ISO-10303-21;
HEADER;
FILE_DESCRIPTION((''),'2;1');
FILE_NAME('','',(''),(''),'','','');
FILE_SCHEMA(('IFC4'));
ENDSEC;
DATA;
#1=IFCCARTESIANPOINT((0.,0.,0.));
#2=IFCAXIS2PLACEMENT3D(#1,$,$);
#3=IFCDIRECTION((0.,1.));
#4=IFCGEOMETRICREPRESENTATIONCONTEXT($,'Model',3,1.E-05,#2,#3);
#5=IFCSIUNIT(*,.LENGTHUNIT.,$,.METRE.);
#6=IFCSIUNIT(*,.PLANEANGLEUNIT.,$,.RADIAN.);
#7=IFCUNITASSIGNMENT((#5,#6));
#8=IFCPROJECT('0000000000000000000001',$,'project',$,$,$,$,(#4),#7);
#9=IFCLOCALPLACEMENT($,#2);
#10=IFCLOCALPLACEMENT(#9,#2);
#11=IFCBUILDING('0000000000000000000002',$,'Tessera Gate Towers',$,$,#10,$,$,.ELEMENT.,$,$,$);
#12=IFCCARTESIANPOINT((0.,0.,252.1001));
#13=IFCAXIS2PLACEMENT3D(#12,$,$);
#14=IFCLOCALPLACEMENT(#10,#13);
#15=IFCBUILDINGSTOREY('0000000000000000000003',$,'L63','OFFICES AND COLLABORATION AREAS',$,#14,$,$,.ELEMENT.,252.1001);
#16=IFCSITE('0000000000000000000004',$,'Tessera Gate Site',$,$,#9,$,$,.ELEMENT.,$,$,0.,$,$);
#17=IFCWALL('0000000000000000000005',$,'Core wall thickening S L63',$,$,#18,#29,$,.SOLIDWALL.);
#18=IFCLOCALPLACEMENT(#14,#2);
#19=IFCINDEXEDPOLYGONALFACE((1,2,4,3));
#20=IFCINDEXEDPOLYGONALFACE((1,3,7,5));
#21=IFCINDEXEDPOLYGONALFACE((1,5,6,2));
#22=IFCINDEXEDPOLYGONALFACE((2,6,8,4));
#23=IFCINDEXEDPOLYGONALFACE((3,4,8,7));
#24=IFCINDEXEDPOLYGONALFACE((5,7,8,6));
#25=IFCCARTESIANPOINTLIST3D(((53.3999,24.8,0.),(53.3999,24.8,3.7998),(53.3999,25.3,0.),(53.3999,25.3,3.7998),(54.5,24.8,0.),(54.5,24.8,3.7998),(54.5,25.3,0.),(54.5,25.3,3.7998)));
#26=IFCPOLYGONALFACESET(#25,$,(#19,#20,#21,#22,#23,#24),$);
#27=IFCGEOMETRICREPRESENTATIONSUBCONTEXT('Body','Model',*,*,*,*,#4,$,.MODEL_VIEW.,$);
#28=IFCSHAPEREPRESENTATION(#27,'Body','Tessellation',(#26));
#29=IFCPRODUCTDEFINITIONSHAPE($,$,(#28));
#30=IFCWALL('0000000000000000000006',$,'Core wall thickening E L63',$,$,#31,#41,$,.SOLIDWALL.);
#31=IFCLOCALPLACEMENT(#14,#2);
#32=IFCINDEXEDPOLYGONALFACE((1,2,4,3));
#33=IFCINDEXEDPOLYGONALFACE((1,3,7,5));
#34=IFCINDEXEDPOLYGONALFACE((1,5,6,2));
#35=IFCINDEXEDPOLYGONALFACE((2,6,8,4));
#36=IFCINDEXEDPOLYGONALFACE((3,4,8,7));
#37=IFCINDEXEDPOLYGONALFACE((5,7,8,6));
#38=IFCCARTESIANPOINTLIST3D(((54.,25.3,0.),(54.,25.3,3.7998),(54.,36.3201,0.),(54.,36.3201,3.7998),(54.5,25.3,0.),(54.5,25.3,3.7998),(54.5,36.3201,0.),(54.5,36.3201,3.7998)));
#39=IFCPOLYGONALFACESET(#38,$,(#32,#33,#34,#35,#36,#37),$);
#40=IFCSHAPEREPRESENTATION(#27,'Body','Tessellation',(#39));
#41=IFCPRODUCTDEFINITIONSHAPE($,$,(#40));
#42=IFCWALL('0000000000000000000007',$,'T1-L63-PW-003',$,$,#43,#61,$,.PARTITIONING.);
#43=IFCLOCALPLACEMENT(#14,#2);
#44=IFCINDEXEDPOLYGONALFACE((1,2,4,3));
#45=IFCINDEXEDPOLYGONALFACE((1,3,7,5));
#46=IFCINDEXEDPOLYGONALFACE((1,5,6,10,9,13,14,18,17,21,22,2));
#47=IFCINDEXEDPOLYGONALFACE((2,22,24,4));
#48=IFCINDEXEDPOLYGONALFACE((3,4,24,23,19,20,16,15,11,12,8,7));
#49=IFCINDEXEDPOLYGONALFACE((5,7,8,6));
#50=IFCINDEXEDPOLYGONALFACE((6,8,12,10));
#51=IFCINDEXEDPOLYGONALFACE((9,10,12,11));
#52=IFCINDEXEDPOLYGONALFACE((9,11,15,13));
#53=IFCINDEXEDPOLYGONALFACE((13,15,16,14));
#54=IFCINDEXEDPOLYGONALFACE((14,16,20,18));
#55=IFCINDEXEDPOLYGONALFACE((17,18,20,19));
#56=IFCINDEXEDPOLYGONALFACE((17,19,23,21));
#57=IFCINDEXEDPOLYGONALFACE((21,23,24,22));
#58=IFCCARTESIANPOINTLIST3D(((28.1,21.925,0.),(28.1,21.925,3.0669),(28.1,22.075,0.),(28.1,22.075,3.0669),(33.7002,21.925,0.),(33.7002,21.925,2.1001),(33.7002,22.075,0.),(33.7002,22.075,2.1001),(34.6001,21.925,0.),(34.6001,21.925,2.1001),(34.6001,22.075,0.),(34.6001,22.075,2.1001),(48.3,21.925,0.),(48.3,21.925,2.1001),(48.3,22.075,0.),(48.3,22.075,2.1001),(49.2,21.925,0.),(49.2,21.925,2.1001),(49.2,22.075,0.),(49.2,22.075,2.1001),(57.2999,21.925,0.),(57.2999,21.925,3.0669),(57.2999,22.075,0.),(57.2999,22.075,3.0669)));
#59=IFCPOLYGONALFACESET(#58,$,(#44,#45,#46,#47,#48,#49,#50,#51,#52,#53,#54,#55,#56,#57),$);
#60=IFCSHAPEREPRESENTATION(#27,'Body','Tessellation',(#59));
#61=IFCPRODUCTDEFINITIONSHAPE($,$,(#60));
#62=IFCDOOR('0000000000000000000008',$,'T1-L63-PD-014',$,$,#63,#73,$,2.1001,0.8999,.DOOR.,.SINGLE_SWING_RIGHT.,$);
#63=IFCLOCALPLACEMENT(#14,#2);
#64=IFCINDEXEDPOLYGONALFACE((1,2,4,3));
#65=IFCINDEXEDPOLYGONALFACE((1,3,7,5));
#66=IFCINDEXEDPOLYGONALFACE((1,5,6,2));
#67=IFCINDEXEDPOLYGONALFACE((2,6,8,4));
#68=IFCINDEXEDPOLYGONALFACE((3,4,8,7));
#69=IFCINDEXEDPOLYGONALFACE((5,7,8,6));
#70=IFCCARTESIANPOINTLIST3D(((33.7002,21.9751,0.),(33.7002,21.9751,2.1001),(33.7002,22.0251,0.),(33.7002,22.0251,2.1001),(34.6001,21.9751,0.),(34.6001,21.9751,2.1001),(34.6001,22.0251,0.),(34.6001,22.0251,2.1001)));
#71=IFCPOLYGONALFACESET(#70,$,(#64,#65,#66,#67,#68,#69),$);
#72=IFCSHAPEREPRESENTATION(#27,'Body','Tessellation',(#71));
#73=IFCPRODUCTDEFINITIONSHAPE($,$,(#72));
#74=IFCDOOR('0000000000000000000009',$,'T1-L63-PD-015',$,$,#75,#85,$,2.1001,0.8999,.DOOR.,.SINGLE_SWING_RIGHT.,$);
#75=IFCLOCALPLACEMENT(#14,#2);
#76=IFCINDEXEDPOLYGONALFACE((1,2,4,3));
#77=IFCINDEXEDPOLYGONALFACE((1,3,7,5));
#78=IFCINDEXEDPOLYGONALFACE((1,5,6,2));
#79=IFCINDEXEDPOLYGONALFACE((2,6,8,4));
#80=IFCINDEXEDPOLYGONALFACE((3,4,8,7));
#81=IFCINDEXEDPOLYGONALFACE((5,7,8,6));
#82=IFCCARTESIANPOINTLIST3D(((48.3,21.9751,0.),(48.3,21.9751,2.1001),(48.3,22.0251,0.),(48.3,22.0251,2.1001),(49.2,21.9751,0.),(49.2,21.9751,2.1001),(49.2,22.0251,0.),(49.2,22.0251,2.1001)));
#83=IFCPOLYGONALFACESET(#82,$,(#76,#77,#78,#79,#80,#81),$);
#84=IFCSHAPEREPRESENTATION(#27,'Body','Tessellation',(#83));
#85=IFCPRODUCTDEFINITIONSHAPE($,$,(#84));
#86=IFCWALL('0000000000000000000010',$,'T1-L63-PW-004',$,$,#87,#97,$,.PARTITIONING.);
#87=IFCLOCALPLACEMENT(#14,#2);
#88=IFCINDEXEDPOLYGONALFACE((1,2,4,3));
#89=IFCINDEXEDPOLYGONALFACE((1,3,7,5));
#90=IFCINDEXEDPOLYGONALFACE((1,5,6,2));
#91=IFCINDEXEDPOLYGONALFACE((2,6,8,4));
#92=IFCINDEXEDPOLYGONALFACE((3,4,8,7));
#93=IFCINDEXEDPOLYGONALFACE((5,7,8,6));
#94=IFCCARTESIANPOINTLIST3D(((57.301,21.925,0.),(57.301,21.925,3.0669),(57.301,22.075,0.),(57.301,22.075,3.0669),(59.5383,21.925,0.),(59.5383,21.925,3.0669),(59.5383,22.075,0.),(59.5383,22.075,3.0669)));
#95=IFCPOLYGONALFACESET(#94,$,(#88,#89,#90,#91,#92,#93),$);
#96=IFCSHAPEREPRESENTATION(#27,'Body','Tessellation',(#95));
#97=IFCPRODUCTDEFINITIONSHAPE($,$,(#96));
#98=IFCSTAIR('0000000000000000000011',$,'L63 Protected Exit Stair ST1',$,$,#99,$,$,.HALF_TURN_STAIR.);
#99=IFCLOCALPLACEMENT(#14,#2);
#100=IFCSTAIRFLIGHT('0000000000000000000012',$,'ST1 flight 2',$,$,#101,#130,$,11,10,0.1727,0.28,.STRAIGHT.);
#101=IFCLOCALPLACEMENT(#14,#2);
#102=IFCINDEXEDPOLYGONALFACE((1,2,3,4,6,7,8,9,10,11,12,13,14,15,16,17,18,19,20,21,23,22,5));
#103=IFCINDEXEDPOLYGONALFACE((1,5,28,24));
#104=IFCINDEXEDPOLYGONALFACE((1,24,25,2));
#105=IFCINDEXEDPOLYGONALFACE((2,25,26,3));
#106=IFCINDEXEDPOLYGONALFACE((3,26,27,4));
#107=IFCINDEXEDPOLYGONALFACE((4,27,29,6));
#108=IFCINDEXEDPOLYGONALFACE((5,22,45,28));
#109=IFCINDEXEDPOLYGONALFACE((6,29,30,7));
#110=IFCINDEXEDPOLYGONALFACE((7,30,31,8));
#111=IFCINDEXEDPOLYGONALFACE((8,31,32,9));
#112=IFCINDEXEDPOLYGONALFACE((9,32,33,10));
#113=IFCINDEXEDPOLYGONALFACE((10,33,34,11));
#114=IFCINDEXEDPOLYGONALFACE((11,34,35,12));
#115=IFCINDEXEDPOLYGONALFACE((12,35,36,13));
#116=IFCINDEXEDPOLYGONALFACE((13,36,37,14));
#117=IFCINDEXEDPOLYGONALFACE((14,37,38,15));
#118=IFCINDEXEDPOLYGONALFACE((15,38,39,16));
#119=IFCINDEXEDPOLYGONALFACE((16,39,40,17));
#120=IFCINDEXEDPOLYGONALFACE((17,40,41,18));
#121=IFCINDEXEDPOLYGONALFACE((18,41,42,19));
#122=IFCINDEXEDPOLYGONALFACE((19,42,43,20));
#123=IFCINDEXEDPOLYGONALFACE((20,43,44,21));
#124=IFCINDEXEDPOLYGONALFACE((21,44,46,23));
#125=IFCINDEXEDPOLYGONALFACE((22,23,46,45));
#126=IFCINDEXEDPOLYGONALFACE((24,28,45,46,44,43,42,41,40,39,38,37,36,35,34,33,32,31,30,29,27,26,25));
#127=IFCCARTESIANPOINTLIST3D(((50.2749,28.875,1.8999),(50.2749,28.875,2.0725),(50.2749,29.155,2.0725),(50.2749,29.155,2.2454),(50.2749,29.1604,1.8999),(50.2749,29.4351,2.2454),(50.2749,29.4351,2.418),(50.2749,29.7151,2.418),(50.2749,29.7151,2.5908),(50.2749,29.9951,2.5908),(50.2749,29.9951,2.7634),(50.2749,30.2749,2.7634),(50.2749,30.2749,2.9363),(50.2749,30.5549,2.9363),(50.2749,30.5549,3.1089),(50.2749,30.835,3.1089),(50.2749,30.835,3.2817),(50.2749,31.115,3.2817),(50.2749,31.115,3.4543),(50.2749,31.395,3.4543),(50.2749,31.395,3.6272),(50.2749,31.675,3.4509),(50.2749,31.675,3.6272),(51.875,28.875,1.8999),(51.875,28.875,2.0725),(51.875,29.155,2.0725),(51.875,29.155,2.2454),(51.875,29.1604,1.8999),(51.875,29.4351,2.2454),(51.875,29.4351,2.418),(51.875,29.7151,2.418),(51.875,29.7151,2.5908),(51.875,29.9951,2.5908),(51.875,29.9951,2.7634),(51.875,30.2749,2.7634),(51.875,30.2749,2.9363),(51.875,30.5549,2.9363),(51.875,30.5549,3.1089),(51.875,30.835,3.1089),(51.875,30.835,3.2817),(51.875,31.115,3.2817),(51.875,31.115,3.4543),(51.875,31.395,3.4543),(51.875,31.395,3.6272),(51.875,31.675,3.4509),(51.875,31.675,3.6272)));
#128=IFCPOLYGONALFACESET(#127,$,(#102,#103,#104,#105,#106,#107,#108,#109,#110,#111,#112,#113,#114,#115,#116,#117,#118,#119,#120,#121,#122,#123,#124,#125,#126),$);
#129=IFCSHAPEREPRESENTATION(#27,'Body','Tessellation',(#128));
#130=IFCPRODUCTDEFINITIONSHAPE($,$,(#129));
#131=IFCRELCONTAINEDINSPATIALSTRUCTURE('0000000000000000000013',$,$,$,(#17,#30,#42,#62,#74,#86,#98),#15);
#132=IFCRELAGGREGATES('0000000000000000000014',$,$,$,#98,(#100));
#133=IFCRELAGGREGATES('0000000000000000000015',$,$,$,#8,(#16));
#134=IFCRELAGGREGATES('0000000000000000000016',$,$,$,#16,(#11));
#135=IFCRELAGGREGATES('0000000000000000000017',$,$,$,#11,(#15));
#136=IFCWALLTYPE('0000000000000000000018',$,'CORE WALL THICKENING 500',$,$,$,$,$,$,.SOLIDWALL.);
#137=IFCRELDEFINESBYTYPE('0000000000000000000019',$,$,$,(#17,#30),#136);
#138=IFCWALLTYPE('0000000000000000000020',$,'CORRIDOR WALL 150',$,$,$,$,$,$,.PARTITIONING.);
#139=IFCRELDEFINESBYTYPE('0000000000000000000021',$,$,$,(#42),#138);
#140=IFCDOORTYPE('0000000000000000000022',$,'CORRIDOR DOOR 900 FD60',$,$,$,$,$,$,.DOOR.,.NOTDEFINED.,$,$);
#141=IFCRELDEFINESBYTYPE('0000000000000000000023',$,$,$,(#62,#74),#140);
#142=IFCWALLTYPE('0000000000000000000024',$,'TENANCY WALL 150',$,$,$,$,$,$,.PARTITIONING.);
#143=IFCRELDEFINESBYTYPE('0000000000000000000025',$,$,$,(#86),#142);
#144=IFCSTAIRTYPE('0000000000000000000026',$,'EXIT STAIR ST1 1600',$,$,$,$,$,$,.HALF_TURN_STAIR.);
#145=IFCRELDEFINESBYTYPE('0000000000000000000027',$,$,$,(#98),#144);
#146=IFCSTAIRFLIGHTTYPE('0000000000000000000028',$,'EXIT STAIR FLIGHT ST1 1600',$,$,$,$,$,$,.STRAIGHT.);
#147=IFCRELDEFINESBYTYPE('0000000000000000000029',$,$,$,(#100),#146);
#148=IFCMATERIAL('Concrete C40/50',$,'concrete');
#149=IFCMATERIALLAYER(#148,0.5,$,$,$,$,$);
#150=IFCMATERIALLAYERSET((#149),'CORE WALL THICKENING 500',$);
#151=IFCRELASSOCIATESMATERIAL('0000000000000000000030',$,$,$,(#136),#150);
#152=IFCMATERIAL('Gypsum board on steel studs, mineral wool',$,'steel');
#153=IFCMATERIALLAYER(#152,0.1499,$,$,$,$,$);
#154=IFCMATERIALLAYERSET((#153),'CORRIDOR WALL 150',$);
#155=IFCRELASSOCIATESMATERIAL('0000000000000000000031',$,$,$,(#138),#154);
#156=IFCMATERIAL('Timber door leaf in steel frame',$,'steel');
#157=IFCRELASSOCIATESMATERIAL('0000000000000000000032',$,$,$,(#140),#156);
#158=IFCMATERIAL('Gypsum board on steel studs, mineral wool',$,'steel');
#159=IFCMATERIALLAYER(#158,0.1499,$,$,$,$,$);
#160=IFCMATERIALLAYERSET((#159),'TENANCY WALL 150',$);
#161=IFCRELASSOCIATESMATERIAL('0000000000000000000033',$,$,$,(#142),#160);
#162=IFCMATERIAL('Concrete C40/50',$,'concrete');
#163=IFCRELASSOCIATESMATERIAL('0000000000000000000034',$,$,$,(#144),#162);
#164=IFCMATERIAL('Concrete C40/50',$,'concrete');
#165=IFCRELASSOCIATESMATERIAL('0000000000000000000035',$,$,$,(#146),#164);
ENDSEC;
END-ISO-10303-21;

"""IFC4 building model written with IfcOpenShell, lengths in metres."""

from ifc_helpers import new_model, si_unit, direction, frame, frame_2d, origin, place, context, subcontext, project, spatial, polyline, rectangle, outline, extrude, source, transform, mapped, material, layer, layer_set, type_object, element, fill, aggregate, save


model = new_model("IFC4")

# Units and contexts
model_context = context("Model", 3, precision=1e-05, world=origin(), true_north=direction((0.0, 1.0)))
body_context = subcontext(model_context, "Body", "Model", "MODEL_VIEW")
ifc_project = project(units=[si_unit("LENGTHUNIT", "METRE"), si_unit("PLANEANGLEUNIT", "RADIAN")], contexts=[model_context])

# Site, building, storey
site_placement = place(None, origin())
site = spatial("IfcSite", under=ifc_project, at=site_placement, Name="Tessera Gate Site", CompositionType="ELEMENT", RefElevation=0.0)
building_placement = place(site_placement, origin())
building = spatial("IfcBuilding", under=site, at=building_placement, Name="Tessera Gate Towers", CompositionType="ELEMENT")
storey_placement = place(building_placement, frame((0.0, 0.0, 252.1001)))
storey = spatial("IfcBuildingStorey", under=building, at=storey_placement, Name="L63", Description="OFFICES AND COLLABORATION AREAS", CompositionType="ELEMENT", Elevation=252.1001)

# Walls
ifc_material_1 = material(Name="Concrete C40/50", Category="concrete")
ifc_layer_1 = layer(ifc_material_1, 0.5)
ifc_layer_set_1 = layer_set([ifc_layer_1], Name="CORE WALL THICKENING 500")
wall_type_1 = type_object("IfcWallType", Name="CORE WALL THICKENING 500", PredefinedType="SOLIDWALL", material=ifc_layer_set_1)
wall_1_placement = place(storey_placement, frame((53.3999, 25.05, 0.0), z_axis=(0.0, 0.0, 1.0), x_axis=(1.0, 0.0, 0.0)))
element("IfcWall", 1, at=wall_1_placement, inside=storey, type_object=wall_type_1, Name="Core wall thickening S L63", PredefinedType="SOLIDWALL", context=body_context, shape_type="SweptSolid", body=[
    extrude(rectangle(XDim=1.1001, YDim=0.5, at=frame_2d((0.55, 0.0))), origin(), (0.0, 0.0, 1.0), 3.7998),
])
wall_2_placement = place(storey_placement, frame((54.25, 25.3, 0.0), z_axis=(0.0, 0.0, 1.0), x_axis=(0.0, 1.0, 0.0)))
element("IfcWall", 2, at=wall_2_placement, inside=storey, type_object=wall_type_1, Name="Core wall thickening E L63", PredefinedType="SOLIDWALL", context=body_context, shape_type="SweptSolid", body=[
    extrude(rectangle(XDim=11.02, YDim=0.5, at=frame_2d((5.51, 0.0))), origin(), (0.0, 0.0, 1.0), 3.7998),
])

# Wall, openings, doors
ifc_material_2 = material(Name="Gypsum board on steel studs, mineral wool", Category="steel")
ifc_layer_2 = layer(ifc_material_2, 0.1499)
ifc_layer_set_2 = layer_set([ifc_layer_2], Name="CORRIDOR WALL 150")
wall_type_2 = type_object("IfcWallType", Name="CORRIDOR WALL 150", PredefinedType="PARTITIONING", material=ifc_layer_set_2)
wall_3_placement = place(storey_placement, frame((57.3, 22.0, 0.0), z_axis=(0.0, 0.0, 1.0), x_axis=(-1.0, 0.0, 0.0)))
wall_3 = element("IfcWall", 3, at=wall_3_placement, inside=storey, type_object=wall_type_2, Name="T1-L63-PW-003", PredefinedType="PARTITIONING", context=body_context, shape_type="SweptSolid", body=[
    extrude(rectangle(XDim=29.2, YDim=0.1499, at=frame_2d((14.6001, 0.0))), origin(), (0.0, 0.0, 1.0), 3.0669),
])
shared_shape_1 = source(origin(), body_context, "Body", "SweptSolid", [
    extrude(rectangle(XDim=0.8999, YDim=2.1001, at=frame_2d((0.45, 1.05))), frame((0.0, 0.085, 0.0), z_axis=(0.0, -1.0, 0.0), x_axis=(1.0, 0.0, 0.0)), (0.0, 0.0, 1.0), 0.1699),
])
opening_1_placement = place(wall_3_placement, frame((22.7, 0.0, 0.0)))
opening_1 = element("IfcOpeningElement", 4, at=opening_1_placement, cuts=wall_3, PredefinedType="OPENING", context=body_context, shape_type="MappedRepresentation", body=[
    mapped(shared_shape_1, transform((0.0, 0.0, 0.0), scale=1.0)),
])
opening_2_placement = place(wall_3_placement, frame((8.1001, 0.0, 0.0)))
opening_2 = element("IfcOpeningElement", 5, at=opening_2_placement, cuts=wall_3, PredefinedType="OPENING", context=body_context, shape_type="MappedRepresentation", body=[
    mapped(shared_shape_1, transform((0.0, 0.0, 0.0), scale=1.0)),
])
ifc_material_3 = material(Name="Timber door leaf in steel frame", Category="steel")
door_type_1 = type_object("IfcDoorType", Name="CORRIDOR DOOR 900 FD60", OperationType="NOTDEFINED", PredefinedType="DOOR", material=ifc_material_3)
shared_shape_2 = source(origin(), body_context, "Body", "SweptSolid", [
    extrude(rectangle(XDim=0.8999, YDim=2.1001, at=frame_2d((0.45, 1.05))), frame((0.0, 0.0249, 0.0), z_axis=(0.0, -1.0, 0.0), x_axis=(1.0, 0.0, 0.0)), (0.0, 0.0, 1.0), 0.05),
])
door_1_placement = place(opening_1_placement, origin())
door_1 = element("IfcDoor", 6, at=door_1_placement, inside=storey, type_object=door_type_1, Name="T1-L63-PD-014", OperationType="SINGLE_SWING_RIGHT", OverallHeight=2.1001, OverallWidth=0.8999, PredefinedType="DOOR", context=body_context, shape_type="MappedRepresentation", body=[
    mapped(shared_shape_2, transform((0.0, 0.0, 0.0), scale=1.0)),
])
fill(opening_1, door_1)
door_2_placement = place(opening_2_placement, origin())
door_2 = element("IfcDoor", 7, at=door_2_placement, inside=storey, type_object=door_type_1, Name="T1-L63-PD-015", OperationType="SINGLE_SWING_RIGHT", OverallHeight=2.1001, OverallWidth=0.8999, PredefinedType="DOOR", context=body_context, shape_type="MappedRepresentation", body=[
    mapped(shared_shape_2, transform((0.0, 0.0, 0.0), scale=1.0)),
])
fill(opening_2, door_2)

# Wall
ifc_material_4 = material(Name="Gypsum board on steel studs, mineral wool", Category="steel")
ifc_layer_3 = layer(ifc_material_4, 0.1499)
ifc_layer_set_3 = layer_set([ifc_layer_3], Name="TENANCY WALL 150")
wall_type_3 = type_object("IfcWallType", Name="TENANCY WALL 150", PredefinedType="PARTITIONING", material=ifc_layer_set_3)
wall_4_placement = place(storey_placement, frame((57.301, 22.0, 0.0), z_axis=(0.0, 0.0, 1.0), x_axis=(1.0, 0.0, 0.0)))
element("IfcWall", 8, at=wall_4_placement, inside=storey, type_object=wall_type_3, Name="T1-L63-PW-004", PredefinedType="PARTITIONING", context=body_context, shape_type="SweptSolid", body=[
    extrude(rectangle(XDim=2.2373, YDim=0.1499, at=frame_2d((1.1187, 0.0))), origin(), (0.0, 0.0, 1.0), 3.0669),
])

# Stair, stair flight
ifc_material_5 = material(Name="Concrete C40/50", Category="concrete")
stair_type = type_object("IfcStairType", Name="EXIT STAIR ST1 1600", PredefinedType="HALF_TURN_STAIR", material=ifc_material_5)
stair_placement = place(storey_placement, origin())
stair = element("IfcStair", 9, at=stair_placement, inside=storey, type_object=stair_type, Name="L63 Protected Exit Stair ST1", PredefinedType="HALF_TURN_STAIR")
ifc_material_6 = material(Name="Concrete C40/50", Category="concrete")
stair_flight_type = type_object("IfcStairFlightType", Name="EXIT STAIR FLIGHT ST1 1600", PredefinedType="STRAIGHT", material=ifc_material_6)
stair_flight_placement = place(storey_placement, frame((51.075, 28.875, 1.8999), z_axis=(0.0, 0.0, 1.0), x_axis=(0.0, 1.0, 0.0)))
stair_flight = element("IfcStairFlight", 10, at=stair_flight_placement, type_object=stair_flight_type, Name="ST1 flight 2", NumberOfRisers=11, NumberOfTreads=10, PredefinedType="STRAIGHT", RiserHeight=0.1727, TreadLength=0.28, context=body_context, shape_type="SweptSolid", body=[
    extrude(outline(polyline([(0.0, 0.0), (0.0, 0.1726), (0.28, 0.1726), (0.28, 0.3455), (0.5601, 0.3455), (0.5601, 0.5181), (0.8401, 0.5181), (0.8401, 0.6909), (1.1201, 0.6909), (1.1201, 0.8635), (1.3999, 0.8635), (1.3999, 1.0364), (1.6799, 1.0364), (1.6799, 1.209), (1.96, 1.209), (1.96, 1.3818), (2.24, 1.3818), (2.24, 1.5544), (2.52, 1.5544), (2.52, 1.7273), (2.8, 1.7273), (2.8, 1.8999), (2.8, 1.551), (0.2854, 0.0), (0.0, 0.0)])), frame((0.0, 0.8, 0.0), z_axis=(0.0, -1.0, 0.0), x_axis=(1.0, 0.0, 0.0)), (0.0, 0.0, 1.0), 1.6001),
])
aggregate(stair, [stair_flight])

save(model, "model.ifc")
